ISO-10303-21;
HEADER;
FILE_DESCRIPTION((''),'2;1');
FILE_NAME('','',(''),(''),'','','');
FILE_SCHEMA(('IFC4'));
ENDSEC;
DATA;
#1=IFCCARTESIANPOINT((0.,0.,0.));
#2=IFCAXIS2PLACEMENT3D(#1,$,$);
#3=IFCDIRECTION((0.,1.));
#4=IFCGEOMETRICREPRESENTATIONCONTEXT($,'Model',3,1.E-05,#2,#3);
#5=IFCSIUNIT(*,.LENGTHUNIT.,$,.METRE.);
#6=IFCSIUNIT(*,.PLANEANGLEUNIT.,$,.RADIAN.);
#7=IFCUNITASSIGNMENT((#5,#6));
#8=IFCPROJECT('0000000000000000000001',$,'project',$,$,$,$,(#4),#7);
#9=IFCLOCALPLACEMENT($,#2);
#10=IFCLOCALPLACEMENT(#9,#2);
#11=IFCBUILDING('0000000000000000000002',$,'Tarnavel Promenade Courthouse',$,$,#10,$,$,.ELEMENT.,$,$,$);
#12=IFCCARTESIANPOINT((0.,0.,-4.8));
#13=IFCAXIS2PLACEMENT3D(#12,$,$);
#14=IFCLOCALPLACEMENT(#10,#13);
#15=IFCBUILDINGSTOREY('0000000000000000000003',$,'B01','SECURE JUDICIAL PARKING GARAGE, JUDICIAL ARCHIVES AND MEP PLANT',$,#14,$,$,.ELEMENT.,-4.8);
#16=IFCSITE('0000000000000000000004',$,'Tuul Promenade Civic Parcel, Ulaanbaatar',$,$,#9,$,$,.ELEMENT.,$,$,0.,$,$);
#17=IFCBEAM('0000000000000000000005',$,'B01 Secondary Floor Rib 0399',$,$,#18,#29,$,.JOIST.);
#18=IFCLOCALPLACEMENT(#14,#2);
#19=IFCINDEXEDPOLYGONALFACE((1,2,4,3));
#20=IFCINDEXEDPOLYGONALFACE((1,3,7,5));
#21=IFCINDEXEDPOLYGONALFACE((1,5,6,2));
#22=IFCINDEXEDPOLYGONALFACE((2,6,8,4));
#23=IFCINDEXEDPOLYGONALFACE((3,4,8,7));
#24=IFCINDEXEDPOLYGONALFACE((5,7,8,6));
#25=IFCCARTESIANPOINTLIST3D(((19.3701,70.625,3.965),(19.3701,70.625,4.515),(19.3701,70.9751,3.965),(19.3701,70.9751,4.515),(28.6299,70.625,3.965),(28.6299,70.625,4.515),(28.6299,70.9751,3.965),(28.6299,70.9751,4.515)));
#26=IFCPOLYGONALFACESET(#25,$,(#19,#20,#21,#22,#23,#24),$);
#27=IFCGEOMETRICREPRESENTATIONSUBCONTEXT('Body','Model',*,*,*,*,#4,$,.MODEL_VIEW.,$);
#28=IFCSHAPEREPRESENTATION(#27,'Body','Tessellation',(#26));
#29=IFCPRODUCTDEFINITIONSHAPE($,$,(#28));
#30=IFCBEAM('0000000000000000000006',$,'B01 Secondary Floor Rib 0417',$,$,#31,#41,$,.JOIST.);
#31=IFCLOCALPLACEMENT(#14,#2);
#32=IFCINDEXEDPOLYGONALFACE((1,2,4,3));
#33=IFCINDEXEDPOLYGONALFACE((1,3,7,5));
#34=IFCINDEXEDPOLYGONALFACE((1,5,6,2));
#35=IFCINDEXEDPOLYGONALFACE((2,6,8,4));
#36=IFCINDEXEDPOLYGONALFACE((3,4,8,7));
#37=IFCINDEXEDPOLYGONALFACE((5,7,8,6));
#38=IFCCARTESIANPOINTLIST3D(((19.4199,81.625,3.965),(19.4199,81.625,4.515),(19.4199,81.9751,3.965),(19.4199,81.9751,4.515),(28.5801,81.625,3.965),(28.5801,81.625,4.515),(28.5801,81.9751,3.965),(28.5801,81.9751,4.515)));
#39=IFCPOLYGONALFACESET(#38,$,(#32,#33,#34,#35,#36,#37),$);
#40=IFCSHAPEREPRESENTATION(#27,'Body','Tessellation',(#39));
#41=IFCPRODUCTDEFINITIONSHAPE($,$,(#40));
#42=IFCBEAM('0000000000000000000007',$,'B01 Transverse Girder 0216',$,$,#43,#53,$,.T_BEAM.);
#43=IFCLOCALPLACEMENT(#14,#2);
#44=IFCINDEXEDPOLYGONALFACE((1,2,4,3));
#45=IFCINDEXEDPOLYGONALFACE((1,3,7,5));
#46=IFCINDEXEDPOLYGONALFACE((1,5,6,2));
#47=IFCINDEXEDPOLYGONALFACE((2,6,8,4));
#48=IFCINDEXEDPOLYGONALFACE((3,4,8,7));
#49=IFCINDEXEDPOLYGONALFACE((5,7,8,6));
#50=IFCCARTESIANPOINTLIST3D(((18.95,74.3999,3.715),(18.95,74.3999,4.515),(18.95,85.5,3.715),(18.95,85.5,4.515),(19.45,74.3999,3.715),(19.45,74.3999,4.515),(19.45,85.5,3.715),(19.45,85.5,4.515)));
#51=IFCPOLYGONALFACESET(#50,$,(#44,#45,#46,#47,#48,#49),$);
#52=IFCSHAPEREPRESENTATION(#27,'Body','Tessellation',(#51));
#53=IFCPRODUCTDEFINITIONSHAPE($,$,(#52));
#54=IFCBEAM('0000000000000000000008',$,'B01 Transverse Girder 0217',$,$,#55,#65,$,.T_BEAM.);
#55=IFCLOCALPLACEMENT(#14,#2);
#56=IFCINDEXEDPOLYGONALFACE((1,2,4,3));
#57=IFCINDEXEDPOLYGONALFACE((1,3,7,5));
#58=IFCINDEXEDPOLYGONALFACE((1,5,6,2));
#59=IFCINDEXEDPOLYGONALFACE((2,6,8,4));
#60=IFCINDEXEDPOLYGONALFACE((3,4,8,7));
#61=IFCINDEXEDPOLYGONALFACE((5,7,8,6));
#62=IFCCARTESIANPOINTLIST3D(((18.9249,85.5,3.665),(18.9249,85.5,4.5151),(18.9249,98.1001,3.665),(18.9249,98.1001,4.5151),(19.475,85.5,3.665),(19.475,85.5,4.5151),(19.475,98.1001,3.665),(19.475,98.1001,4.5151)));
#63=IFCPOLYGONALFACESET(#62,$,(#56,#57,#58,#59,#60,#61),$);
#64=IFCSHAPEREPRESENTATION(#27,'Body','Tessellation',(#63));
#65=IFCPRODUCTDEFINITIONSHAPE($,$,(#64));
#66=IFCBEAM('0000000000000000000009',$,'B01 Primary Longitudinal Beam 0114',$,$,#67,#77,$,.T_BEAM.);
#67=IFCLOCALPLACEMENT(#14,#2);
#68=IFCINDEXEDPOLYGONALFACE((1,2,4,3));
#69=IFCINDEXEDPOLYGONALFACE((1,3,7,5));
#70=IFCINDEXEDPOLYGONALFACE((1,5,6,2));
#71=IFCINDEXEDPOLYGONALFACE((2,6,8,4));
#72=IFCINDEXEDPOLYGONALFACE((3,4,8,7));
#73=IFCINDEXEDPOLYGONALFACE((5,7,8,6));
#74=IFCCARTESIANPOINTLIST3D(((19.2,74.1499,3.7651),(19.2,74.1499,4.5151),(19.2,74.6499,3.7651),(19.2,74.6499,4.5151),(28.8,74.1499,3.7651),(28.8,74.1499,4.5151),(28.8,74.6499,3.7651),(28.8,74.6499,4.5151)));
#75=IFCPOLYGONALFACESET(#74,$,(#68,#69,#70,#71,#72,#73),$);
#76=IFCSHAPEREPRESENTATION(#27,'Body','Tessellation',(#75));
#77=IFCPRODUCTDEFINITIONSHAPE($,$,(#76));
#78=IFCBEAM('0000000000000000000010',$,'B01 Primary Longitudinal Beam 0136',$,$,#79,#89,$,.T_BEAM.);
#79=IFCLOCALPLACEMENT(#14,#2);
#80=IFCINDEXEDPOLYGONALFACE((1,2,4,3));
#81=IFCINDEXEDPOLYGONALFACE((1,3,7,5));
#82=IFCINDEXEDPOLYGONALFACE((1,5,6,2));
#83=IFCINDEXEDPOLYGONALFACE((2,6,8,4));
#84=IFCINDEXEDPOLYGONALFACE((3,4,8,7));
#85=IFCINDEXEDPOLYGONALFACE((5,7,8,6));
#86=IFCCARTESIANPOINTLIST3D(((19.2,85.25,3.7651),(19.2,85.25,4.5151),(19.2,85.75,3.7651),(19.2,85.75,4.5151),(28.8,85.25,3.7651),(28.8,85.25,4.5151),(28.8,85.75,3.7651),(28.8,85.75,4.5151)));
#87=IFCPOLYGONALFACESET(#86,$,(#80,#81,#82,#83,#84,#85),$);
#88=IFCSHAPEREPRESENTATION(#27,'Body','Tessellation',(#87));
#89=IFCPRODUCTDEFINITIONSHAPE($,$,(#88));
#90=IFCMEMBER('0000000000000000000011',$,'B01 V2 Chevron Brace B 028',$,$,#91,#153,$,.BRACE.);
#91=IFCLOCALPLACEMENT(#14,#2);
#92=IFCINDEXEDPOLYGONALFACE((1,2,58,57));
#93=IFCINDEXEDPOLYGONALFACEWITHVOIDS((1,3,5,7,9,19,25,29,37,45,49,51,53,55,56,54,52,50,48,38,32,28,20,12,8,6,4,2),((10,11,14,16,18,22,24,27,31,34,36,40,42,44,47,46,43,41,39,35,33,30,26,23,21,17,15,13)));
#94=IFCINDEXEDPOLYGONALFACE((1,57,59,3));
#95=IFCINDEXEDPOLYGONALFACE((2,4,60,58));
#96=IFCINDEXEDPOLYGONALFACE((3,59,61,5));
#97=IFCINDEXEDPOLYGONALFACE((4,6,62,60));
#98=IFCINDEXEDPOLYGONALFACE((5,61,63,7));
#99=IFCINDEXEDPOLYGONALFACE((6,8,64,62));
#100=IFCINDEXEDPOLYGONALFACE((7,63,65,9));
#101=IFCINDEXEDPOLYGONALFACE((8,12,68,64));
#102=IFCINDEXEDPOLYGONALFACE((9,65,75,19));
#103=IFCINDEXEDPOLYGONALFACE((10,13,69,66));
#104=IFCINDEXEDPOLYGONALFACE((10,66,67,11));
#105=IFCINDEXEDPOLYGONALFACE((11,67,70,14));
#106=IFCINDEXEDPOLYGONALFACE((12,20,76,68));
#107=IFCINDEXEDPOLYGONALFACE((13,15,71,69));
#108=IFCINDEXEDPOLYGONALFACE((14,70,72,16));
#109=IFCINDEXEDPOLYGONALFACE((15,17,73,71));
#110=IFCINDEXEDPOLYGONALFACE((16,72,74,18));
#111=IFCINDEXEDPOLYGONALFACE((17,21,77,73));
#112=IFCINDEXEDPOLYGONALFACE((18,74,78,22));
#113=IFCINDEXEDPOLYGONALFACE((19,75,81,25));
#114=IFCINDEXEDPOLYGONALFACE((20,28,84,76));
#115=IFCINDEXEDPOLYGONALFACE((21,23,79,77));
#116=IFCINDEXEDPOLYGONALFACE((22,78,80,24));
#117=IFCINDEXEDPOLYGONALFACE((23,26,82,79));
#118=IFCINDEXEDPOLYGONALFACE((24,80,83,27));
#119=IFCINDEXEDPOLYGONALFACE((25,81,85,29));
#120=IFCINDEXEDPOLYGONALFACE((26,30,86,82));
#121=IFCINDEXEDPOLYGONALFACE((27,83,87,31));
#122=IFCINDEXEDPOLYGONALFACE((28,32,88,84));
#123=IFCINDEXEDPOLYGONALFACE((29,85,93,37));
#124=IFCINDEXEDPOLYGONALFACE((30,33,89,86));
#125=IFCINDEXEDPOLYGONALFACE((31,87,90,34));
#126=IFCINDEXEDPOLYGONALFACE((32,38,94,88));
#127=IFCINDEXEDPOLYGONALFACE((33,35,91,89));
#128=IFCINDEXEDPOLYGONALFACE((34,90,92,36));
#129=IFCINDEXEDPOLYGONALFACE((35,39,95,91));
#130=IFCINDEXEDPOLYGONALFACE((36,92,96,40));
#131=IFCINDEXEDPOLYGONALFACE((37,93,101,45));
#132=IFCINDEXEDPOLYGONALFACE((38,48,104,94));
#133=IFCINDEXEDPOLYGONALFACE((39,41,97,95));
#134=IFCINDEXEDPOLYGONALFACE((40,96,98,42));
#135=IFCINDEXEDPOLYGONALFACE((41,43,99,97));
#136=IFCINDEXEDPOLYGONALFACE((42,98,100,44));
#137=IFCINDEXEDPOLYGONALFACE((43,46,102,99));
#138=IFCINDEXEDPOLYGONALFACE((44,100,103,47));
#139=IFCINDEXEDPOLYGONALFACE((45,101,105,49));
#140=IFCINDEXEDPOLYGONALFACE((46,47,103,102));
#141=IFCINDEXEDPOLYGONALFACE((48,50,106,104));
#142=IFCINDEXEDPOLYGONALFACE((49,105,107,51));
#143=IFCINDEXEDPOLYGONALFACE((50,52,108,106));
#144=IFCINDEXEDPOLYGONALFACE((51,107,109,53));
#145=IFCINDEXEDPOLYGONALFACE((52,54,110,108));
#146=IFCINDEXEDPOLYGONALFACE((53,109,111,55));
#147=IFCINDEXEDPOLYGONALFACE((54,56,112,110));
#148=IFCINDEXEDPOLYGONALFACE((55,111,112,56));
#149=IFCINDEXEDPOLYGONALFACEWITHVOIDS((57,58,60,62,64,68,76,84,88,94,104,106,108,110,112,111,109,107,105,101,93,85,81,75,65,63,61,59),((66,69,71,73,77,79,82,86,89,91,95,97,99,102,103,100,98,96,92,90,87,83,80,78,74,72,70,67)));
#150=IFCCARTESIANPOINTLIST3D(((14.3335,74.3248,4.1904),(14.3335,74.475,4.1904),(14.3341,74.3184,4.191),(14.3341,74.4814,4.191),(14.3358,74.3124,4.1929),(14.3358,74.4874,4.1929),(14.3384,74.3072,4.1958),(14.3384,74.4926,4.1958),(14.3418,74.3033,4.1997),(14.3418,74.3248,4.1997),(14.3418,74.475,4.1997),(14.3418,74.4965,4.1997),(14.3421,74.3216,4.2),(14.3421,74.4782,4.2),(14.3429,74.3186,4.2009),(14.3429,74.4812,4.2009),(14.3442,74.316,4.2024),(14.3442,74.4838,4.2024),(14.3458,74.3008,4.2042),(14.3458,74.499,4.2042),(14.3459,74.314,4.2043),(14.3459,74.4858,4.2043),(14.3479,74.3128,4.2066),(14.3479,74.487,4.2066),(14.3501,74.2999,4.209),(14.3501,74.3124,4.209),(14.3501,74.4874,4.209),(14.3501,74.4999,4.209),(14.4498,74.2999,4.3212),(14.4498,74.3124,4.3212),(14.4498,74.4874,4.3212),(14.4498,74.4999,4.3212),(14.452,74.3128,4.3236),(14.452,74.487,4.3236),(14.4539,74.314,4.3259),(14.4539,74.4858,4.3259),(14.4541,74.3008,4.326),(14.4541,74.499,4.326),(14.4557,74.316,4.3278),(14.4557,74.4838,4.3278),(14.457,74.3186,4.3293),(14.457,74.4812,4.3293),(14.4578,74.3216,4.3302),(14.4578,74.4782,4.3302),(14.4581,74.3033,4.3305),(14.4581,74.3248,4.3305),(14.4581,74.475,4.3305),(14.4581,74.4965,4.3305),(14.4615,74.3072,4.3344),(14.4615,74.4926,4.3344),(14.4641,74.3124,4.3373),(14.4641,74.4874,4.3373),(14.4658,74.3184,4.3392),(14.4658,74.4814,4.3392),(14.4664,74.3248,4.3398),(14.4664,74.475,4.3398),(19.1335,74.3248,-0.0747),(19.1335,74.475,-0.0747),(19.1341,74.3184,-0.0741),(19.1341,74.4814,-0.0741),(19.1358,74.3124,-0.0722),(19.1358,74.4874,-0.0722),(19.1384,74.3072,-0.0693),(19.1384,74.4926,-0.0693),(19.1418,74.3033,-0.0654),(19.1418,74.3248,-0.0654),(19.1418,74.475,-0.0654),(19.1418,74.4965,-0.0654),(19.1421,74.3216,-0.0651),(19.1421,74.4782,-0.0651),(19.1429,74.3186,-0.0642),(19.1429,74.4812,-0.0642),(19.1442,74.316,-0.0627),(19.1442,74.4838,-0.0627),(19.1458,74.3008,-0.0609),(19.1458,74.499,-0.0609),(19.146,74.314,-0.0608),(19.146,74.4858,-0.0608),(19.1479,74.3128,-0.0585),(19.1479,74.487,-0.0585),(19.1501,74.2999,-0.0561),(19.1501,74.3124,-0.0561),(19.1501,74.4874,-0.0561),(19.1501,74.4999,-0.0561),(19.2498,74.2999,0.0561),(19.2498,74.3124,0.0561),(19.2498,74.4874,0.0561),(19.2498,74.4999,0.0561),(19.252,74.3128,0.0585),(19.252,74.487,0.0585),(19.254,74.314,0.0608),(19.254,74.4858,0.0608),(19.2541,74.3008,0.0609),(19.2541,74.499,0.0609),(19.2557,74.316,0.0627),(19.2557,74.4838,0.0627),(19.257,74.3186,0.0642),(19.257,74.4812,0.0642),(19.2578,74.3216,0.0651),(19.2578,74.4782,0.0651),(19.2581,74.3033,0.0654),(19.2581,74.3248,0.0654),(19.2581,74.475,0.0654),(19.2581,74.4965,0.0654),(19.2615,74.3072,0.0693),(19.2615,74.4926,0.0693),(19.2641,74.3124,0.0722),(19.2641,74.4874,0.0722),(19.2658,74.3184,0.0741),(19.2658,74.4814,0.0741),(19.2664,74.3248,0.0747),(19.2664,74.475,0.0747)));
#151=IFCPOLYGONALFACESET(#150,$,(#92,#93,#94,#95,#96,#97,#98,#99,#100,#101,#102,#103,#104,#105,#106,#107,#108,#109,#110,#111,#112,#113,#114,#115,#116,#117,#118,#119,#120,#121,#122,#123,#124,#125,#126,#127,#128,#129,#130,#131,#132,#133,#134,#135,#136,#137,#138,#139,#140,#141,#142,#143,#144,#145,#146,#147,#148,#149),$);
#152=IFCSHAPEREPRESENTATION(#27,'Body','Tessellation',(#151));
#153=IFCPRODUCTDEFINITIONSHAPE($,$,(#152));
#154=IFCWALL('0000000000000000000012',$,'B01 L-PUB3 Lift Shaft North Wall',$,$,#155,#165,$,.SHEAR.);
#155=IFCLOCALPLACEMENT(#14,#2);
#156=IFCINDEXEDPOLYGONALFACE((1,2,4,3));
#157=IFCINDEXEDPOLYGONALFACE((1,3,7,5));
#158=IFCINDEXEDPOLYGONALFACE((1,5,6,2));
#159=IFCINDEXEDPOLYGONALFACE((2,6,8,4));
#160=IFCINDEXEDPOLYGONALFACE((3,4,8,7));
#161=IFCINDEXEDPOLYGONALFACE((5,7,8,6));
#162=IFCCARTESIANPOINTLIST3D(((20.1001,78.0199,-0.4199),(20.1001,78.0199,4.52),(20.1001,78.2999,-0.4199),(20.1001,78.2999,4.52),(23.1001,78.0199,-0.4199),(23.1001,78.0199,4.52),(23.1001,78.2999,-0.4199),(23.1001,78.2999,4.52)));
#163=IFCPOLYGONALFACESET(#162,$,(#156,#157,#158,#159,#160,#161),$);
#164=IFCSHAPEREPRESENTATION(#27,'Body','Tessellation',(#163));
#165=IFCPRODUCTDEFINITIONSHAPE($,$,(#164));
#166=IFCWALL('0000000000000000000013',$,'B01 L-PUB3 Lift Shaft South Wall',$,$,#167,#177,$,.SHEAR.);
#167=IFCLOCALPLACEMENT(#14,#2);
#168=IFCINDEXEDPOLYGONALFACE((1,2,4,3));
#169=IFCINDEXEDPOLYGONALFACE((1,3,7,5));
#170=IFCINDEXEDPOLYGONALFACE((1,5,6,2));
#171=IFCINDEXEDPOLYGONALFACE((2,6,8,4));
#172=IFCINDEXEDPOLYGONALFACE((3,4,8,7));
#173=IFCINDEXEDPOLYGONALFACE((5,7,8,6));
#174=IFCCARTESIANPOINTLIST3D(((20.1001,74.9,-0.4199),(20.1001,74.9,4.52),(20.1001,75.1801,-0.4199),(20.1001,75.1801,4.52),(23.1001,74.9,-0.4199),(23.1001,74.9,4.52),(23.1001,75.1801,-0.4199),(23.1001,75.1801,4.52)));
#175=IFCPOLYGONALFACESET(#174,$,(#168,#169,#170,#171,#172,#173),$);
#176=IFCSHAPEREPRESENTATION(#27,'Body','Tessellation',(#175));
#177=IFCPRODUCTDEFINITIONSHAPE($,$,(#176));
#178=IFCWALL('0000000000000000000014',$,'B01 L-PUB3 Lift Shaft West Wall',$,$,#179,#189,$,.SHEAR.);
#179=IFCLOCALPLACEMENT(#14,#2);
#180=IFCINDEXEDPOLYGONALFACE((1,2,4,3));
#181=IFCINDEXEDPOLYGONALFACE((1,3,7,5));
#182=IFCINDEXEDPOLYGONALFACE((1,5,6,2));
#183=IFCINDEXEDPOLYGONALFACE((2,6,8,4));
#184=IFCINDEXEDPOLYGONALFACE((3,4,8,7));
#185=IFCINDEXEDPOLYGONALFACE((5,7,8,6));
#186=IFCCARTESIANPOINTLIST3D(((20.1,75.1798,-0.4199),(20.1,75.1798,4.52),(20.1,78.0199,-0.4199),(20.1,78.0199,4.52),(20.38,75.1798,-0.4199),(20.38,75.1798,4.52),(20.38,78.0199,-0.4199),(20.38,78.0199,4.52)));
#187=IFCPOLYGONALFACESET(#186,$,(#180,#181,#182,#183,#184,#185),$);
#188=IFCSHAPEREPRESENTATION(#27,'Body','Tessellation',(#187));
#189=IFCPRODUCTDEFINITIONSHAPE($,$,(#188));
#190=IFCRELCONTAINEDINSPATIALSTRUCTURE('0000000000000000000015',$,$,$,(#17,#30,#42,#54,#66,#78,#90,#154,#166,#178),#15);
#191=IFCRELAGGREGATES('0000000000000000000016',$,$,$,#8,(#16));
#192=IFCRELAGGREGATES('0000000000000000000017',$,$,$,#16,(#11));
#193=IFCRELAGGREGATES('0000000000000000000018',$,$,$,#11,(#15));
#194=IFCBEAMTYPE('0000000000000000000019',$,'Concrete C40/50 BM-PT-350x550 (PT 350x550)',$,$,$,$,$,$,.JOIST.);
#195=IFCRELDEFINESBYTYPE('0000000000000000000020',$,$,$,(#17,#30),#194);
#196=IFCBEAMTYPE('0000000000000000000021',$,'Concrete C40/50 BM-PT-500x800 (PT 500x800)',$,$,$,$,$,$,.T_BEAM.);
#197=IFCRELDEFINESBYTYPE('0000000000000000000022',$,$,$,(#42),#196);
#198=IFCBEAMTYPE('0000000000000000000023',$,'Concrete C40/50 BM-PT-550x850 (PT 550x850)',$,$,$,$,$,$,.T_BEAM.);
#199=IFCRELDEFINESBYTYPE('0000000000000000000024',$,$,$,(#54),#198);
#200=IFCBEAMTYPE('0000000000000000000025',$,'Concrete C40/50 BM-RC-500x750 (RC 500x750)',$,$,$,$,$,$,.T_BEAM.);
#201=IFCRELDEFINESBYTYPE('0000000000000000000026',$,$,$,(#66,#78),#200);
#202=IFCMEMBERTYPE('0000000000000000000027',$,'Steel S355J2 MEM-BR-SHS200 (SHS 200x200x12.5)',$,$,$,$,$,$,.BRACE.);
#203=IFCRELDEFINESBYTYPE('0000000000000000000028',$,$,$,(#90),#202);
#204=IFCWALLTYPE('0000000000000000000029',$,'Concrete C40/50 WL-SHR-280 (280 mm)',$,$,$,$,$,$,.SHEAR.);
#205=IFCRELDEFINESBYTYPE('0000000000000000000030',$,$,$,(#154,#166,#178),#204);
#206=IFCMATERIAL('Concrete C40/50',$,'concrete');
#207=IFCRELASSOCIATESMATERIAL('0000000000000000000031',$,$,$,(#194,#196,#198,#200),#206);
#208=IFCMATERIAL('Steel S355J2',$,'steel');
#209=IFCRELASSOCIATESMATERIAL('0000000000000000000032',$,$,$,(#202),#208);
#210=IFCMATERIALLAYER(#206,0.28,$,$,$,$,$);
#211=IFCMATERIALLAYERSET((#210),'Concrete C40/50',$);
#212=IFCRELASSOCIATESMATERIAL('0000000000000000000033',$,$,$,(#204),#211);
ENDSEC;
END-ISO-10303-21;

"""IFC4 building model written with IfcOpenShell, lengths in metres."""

from ifc_helpers import new_model, si_unit, direction, frame, frame_2d, origin, origin_2d, place, context, subcontext, project, spatial, rectangle, hollow_rectangle, extrude, material, layer, layer_set, material_profile, profile_set, type_object, element, save


model = new_model("IFC4")

# Units and contexts
model_context = context("Model", 3, precision=1e-05, world=origin(), true_north=direction((0.0, 1.0)))
body_context = subcontext(model_context, "Body", "Model", "MODEL_VIEW")
ifc_project = project(units=[si_unit("LENGTHUNIT", "METRE"), si_unit("PLANEANGLEUNIT", "RADIAN")], contexts=[model_context])

# Site, building, storey
site_placement = place(None, origin())
site = spatial("IfcSite", under=ifc_project, at=site_placement, Name="Tuul Promenade Civic Parcel, Ulaanbaatar", CompositionType="ELEMENT", RefElevation=0.0)
building_placement = place(site_placement, origin())
building = spatial("IfcBuilding", under=site, at=building_placement, Name="Tarnavel Promenade Courthouse", CompositionType="ELEMENT")
storey_placement = place(building_placement, frame((0.0, 0.0, -4.8)))
storey = spatial("IfcBuildingStorey", under=building, at=storey_placement, Name="B01", Description="SECURE JUDICIAL PARKING GARAGE, JUDICIAL ARCHIVES AND MEP PLANT", CompositionType="ELEMENT", Elevation=-4.8)

# Shared definitions
ifc_material_1 = material(Name="Concrete C40/50", Category="concrete")

# Beams
ifc_material_profile_1 = material_profile(ifc_material_1, rectangle(XDim=0.3501, YDim=0.55, at=origin_2d()), Name="PT 350x550")
ifc_profile_set_1 = profile_set([ifc_material_profile_1], Name="Concrete C40/50")
beam_type_1 = type_object("IfcBeamType", Name="Concrete C40/50 BM-PT-350x550 (PT 350x550)", PredefinedType="JOIST", material=ifc_profile_set_1)
beam_1_placement = place(storey_placement, frame((19.3701, 70.8, 4.24), z_axis=(1.0, 0.0, 0.0), x_axis=(0.0, 1.0, 0.0)))
element("IfcBeam", 1, at=beam_1_placement, inside=storey, type_object=beam_type_1, Name="B01 Secondary Floor Rib 0399", PredefinedType="JOIST", context=body_context, shape_type="SweptSolid", body=[
    extrude(rectangle(XDim=0.3501, YDim=0.55, at=origin_2d()), origin(), (0.0, 0.0, 1.0), 9.2598),
])
beam_2_placement = place(storey_placement, frame((19.4199, 81.8, 4.24), z_axis=(1.0, 0.0, 0.0), x_axis=(0.0, 1.0, 0.0)))
element("IfcBeam", 2, at=beam_2_placement, inside=storey, type_object=beam_type_1, Name="B01 Secondary Floor Rib 0417", PredefinedType="JOIST", context=body_context, shape_type="SweptSolid", body=[
    extrude(rectangle(XDim=0.3501, YDim=0.55, at=origin_2d()), origin(), (0.0, 0.0, 1.0), 9.1602),
])
ifc_material_profile_2 = material_profile(ifc_material_1, rectangle(XDim=0.5, YDim=0.8, at=origin_2d()), Name="PT 500x800")
ifc_profile_set_2 = profile_set([ifc_material_profile_2], Name="Concrete C40/50")
beam_type_2 = type_object("IfcBeamType", Name="Concrete C40/50 BM-PT-500x800 (PT 500x800)", PredefinedType="T_BEAM", material=ifc_profile_set_2)
beam_3_placement = place(storey_placement, frame((19.2, 74.3999, 4.115), z_axis=(0.0, 1.0, 0.0), x_axis=(-1.0, 0.0, 0.0)))
element("IfcBeam", 3, at=beam_3_placement, inside=storey, type_object=beam_type_2, Name="B01 Transverse Girder 0216", PredefinedType="T_BEAM", context=body_context, shape_type="SweptSolid", body=[
    extrude(rectangle(XDim=0.5, YDim=0.8, at=origin_2d()), origin(), (0.0, 0.0, 1.0), 11.1001),
])
ifc_material_profile_3 = material_profile(ifc_material_1, rectangle(XDim=0.55, YDim=0.8501, at=origin_2d()), Name="PT 550x850")
ifc_profile_set_3 = profile_set([ifc_material_profile_3], Name="Concrete C40/50")
beam_type_3 = type_object("IfcBeamType", Name="Concrete C40/50 BM-PT-550x850 (PT 550x850)", PredefinedType="T_BEAM", material=ifc_profile_set_3)
beam_4_placement = place(storey_placement, frame((19.2, 85.5, 4.0901), z_axis=(0.0, 1.0, 0.0), x_axis=(-1.0, 0.0, 0.0)))
element("IfcBeam", 4, at=beam_4_placement, inside=storey, type_object=beam_type_3, Name="B01 Transverse Girder 0217", PredefinedType="T_BEAM", context=body_context, shape_type="SweptSolid", body=[
    extrude(rectangle(XDim=0.55, YDim=0.8501, at=origin_2d()), origin(), (0.0, 0.0, 1.0), 12.6001),
])
ifc_material_profile_4 = material_profile(ifc_material_1, rectangle(XDim=0.5, YDim=0.75, at=origin_2d()), Name="RC 500x750")
ifc_profile_set_4 = profile_set([ifc_material_profile_4], Name="Concrete C40/50")
beam_type_4 = type_object("IfcBeamType", Name="Concrete C40/50 BM-RC-500x750 (RC 500x750)", PredefinedType="T_BEAM", material=ifc_profile_set_4)
for number, where, z_axis, x_axis, name in (
    (5, (19.2, 74.3999, 4.1401), (1.0, 0.0, 0.0), (0.0, 1.0, 0.0), "B01 Primary Longitudinal Beam 0114"),
    (6, (19.2, 85.5, 4.1401), (1.0, 0.0, 0.0), (0.0, 1.0, 0.0), "B01 Primary Longitudinal Beam 0136"),
):
    element("IfcBeam", number, at=place(storey_placement, frame(where, z_axis=z_axis, x_axis=x_axis)), inside=storey, type_object=beam_type_4, Name=name, PredefinedType="T_BEAM", context=body_context, shape_type="SweptSolid", body=[
        extrude(rectangle(XDim=0.5, YDim=0.75, at=origin_2d()), origin(), (0.0, 0.0, 1.0), 9.6001),
    ])

# Member
ifc_material_2 = material(Name="Steel S355J2", Category="steel")
ifc_material_profile_5 = material_profile(ifc_material_2, hollow_rectangle(XDim=0.2, YDim=0.2, WallThickness=0.0125, InnerFilletRadius=0.0125, OuterFilletRadius=0.0249, at=origin_2d()), Name="SHS 200x200x12.5")
ifc_profile_set_5 = profile_set([ifc_material_profile_5], Name="Steel S355J2")
member_type = type_object("IfcMemberType", Name="Steel S355J2 MEM-BR-SHS200 (SHS 200x200x12.5)", PredefinedType="BRACE", material=ifc_profile_set_5)
member_placement = place(storey_placement, frame((19.2, 74.3999, 0.0), z_axis=(-0.747531, 0.0, 0.664227), x_axis=(0.0, -1.0, 0.0)))
element("IfcMember", 7, at=member_placement, inside=storey, type_object=member_type, Name="B01 V2 Chevron Brace B 028", PredefinedType="BRACE", context=body_context, shape_type="SweptSolid", body=[
    extrude(hollow_rectangle(XDim=0.2, YDim=0.2, WallThickness=0.0125, InnerFilletRadius=0.0125, OuterFilletRadius=0.0249, at=origin_2d()), origin(), (0.0, 0.0, 1.0), 6.4211),
])

# Walls
ifc_layer_1 = layer(ifc_material_1, 0.28)
ifc_layer_set_1 = layer_set([ifc_layer_1], Name="Concrete C40/50")
wall_type_1 = type_object("IfcWallType", Name="Concrete C40/50 WL-SHR-280 (280 mm)", PredefinedType="SHEAR", material=ifc_layer_set_1)
for number, where, z_axis, x_axis, name in (
    (8, (20.1001, 78.1599, -0.4199), (0.0, 0.0, 1.0), (1.0, 0.0, 0.0), "B01 L-PUB3 Lift Shaft North Wall"),
    (9, (23.1001, 75.04, -0.4199), (0.0, 0.0, 1.0), (-1.0, 0.0, 0.0), "B01 L-PUB3 Lift Shaft South Wall"),
):
    element("IfcWall", number, at=place(storey_placement, frame(where, z_axis=z_axis, x_axis=x_axis)), inside=storey, type_object=wall_type_1, Name=name, PredefinedType="SHEAR", context=body_context, shape_type="SweptSolid", body=[
        extrude(rectangle(XDim=3.0, YDim=0.28, at=frame_2d((1.5, 0.0))), origin(), (0.0, 0.0, 1.0), 4.9399),
    ])
for number, where, z_axis, x_axis, name in (
    (10, (20.24, 75.1799, -0.4199), (0.0, 0.0, 1.0), (0.0, 1.0, 0.0), "B01 L-PUB3 Lift Shaft West Wall"),
):
    element("IfcWall", number, at=place(storey_placement, frame(where, z_axis=z_axis, x_axis=x_axis)), inside=storey, type_object=wall_type_1, Name=name, PredefinedType="SHEAR", context=body_context, shape_type="SweptSolid", body=[
        extrude(rectangle(XDim=2.8401, YDim=0.28, at=frame_2d((1.4199, 0.0))), origin(), (0.0, 0.0, 1.0), 4.9399),
    ])

save(model, "model.ifc")
